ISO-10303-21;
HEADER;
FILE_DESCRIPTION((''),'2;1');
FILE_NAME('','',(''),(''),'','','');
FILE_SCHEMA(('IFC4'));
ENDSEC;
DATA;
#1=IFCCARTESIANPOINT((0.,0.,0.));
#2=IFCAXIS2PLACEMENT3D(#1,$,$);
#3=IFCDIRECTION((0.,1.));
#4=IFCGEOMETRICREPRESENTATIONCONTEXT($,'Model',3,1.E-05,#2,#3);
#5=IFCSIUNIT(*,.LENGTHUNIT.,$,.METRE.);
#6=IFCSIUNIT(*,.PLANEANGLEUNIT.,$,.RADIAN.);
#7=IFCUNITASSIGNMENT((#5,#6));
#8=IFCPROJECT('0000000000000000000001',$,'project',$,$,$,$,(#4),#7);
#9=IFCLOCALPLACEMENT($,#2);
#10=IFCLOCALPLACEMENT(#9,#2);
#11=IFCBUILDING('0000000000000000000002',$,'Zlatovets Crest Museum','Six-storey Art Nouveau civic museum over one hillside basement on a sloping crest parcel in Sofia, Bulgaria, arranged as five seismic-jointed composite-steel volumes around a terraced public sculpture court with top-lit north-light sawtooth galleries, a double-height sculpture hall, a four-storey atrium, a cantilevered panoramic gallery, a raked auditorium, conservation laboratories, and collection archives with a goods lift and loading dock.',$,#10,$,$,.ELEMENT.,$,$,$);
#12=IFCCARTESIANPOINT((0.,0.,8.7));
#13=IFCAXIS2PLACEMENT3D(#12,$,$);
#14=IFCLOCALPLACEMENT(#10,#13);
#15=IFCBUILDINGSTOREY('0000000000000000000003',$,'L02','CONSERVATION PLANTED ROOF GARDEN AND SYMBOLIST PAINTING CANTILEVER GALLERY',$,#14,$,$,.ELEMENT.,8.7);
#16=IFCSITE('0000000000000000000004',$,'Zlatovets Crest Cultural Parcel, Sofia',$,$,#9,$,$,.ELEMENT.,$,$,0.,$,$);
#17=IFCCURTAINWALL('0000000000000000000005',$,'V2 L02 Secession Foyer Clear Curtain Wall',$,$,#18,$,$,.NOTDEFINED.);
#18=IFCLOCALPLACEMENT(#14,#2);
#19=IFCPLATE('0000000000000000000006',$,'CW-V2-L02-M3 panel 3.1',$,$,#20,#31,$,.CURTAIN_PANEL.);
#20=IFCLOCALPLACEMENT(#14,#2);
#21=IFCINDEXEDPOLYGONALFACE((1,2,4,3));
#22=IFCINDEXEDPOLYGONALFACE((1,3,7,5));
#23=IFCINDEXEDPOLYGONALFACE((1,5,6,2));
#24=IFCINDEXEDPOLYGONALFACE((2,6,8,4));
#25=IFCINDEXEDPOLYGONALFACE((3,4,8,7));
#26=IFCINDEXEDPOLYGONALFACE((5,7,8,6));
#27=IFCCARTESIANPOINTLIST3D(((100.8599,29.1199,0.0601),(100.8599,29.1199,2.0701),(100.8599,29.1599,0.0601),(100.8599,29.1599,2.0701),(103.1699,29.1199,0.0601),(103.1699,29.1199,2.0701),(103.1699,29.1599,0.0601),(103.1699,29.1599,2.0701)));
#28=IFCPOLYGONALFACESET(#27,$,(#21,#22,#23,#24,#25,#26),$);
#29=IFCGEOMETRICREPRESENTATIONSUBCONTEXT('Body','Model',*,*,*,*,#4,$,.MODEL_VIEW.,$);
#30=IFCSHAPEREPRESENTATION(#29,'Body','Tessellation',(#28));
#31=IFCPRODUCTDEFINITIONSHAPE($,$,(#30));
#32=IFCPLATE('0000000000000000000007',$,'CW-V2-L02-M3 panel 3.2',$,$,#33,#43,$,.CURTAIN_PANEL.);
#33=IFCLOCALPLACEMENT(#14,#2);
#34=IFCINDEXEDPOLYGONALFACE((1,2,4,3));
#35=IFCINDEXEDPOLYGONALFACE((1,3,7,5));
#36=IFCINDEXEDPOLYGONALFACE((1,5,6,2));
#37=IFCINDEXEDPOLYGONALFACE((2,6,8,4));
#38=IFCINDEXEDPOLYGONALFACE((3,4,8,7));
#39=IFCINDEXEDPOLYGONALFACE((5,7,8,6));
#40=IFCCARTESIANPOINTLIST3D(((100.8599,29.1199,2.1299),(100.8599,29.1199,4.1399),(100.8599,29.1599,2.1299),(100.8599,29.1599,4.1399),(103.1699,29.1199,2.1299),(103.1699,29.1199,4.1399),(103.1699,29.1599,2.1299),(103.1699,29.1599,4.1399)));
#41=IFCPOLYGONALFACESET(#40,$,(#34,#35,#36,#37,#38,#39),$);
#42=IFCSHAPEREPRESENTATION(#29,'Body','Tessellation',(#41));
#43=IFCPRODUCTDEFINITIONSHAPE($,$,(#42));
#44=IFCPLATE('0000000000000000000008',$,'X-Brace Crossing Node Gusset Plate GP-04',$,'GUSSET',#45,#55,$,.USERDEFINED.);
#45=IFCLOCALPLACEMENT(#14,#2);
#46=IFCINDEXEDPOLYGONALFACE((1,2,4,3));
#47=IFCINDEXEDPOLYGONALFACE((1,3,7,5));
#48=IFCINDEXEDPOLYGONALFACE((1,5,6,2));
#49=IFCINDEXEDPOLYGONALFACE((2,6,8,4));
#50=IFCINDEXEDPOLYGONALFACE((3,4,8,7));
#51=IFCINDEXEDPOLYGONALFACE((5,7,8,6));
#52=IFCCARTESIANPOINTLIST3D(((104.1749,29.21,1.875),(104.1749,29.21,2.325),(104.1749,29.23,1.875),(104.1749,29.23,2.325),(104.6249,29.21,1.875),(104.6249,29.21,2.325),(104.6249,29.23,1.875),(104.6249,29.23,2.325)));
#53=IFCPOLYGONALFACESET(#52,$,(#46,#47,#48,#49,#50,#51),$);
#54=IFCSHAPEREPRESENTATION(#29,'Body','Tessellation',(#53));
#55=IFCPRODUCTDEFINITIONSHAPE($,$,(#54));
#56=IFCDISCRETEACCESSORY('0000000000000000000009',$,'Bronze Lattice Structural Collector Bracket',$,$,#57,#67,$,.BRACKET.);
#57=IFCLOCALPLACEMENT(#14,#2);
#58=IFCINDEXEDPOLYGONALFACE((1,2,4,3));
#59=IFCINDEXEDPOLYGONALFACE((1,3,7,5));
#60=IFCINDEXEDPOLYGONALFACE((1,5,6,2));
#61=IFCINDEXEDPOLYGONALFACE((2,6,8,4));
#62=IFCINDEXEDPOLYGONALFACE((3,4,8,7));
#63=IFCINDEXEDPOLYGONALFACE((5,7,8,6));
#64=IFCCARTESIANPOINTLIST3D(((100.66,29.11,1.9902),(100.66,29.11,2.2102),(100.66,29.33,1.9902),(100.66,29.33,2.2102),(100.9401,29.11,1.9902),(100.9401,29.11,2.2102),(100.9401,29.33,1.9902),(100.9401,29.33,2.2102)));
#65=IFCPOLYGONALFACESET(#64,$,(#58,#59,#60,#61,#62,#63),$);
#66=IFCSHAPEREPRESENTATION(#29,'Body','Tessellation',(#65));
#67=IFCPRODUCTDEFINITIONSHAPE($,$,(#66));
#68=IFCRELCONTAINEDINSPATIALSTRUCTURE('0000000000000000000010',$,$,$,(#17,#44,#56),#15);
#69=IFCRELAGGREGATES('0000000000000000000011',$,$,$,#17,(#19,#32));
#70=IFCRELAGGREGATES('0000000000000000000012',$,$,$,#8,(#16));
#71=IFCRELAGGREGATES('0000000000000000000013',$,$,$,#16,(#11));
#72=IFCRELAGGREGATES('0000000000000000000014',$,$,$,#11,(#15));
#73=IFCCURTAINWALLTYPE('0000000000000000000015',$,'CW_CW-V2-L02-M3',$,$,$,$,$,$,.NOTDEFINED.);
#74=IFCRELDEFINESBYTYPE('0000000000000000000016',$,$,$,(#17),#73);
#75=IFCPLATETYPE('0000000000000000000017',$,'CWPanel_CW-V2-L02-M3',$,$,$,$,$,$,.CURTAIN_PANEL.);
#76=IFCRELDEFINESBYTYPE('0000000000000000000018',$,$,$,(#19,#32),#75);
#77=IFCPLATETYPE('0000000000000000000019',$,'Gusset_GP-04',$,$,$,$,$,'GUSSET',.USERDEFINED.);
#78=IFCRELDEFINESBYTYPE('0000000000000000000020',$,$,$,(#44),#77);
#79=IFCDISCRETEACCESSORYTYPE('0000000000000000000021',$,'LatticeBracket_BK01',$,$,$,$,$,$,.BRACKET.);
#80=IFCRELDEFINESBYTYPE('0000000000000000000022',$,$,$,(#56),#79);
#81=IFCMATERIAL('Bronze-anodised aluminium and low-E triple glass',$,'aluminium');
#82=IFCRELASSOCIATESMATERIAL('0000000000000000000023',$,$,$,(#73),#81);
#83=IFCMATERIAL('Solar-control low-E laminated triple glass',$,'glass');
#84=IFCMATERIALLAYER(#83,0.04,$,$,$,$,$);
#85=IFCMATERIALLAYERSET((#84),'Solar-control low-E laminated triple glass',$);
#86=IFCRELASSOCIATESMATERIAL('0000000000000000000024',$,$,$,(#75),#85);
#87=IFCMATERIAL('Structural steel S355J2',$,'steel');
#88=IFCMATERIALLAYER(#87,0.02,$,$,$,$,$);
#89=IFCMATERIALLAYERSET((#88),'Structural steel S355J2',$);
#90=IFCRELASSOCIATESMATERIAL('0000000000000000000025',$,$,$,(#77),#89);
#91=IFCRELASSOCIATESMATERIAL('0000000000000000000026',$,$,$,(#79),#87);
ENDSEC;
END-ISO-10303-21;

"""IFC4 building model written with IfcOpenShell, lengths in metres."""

from ifc_helpers import new_model, si_unit, direction, frame, origin, origin_2d, place, context, subcontext, project, spatial, rectangle, extrude, material, layer, layer_set, type_object, element, aggregate, save


model = new_model("IFC4")

# Units and contexts
model_context = context("Model", 3, precision=1e-05, world=origin(), true_north=direction((0.0, 1.0)))
body_context = subcontext(model_context, "Body", "Model", "MODEL_VIEW")
ifc_project = project(units=[si_unit("LENGTHUNIT", "METRE"), si_unit("PLANEANGLEUNIT", "RADIAN")], contexts=[model_context])

# Site, building, storey
site_placement = place(None, origin())
site = spatial("IfcSite", under=ifc_project, at=site_placement, Name="Zlatovets Crest Cultural Parcel, Sofia", CompositionType="ELEMENT", RefElevation=0.0)
building_placement = place(site_placement, origin())
building = spatial("IfcBuilding", under=site, at=building_placement, Name="Zlatovets Crest Museum", Description="Six-storey Art Nouveau civic museum over one hillside basement on a sloping crest parcel in Sofia, Bulgaria, arranged as five seismic-jointed composite-steel volumes around a terraced public sculpture court with top-lit north-light sawtooth galleries, a double-height sculpture hall, a four-storey atrium, a cantilevered panoramic gallery, a raked auditorium, conservation laboratories, and collection archives with a goods lift and loading dock.", CompositionType="ELEMENT")
storey_placement = place(building_placement, frame((0.0, 0.0, 8.7)))
storey = spatial("IfcBuildingStorey", under=building, at=storey_placement, Name="L02", Description="CONSERVATION PLANTED ROOF GARDEN AND SYMBOLIST PAINTING CANTILEVER GALLERY", CompositionType="ELEMENT", Elevation=8.7)

# Shared definitions
ifc_material_1 = material(Name="Structural steel S355J2", Category="steel")

# Curtain wall
ifc_material_2 = material(Name="Bronze-anodised aluminium and low-E triple glass", Category="aluminium")
curtain_wall_type_1 = type_object("IfcCurtainWallType", Name="CW_CW-V2-L02-M3", PredefinedType="NOTDEFINED", material=ifc_material_2)
curtain_wall_1_placement = place(storey_placement, origin())
curtain_wall_1 = element("IfcCurtainWall", 1, at=curtain_wall_1_placement, inside=storey, type_object=curtain_wall_type_1, Name="V2 L02 Secession Foyer Clear Curtain Wall", PredefinedType="NOTDEFINED")

# Plates
ifc_material_3 = material(Name="Solar-control low-E laminated triple glass", Category="glass")
ifc_layer_1 = layer(ifc_material_3, 0.04)
ifc_layer_set_1 = layer_set([ifc_layer_1], Name="Solar-control low-E laminated triple glass")
plate_type_1 = type_object("IfcPlateType", Name="CWPanel_CW-V2-L02-M3", PredefinedType="CURTAIN_PANEL", material=ifc_layer_set_1)
plate_1_placement = place(storey_placement, frame((102.0149, 29.1399, 0.0601), z_axis=(0.0, 0.0, 1.0), x_axis=(-1.0, 0.0, 0.0)))
plate_1 = element("IfcPlate", 2, at=plate_1_placement, type_object=plate_type_1, Name="CW-V2-L02-M3 panel 3.1", PredefinedType="CURTAIN_PANEL", context=body_context, shape_type="SweptSolid", body=[
    extrude(rectangle(XDim=2.3101, YDim=0.04, at=origin_2d()), origin(), (0.0, 0.0, 1.0), 2.01),
])
plate_2_placement = place(storey_placement, frame((102.0149, 29.1399, 2.1299), z_axis=(0.0, 0.0, 1.0), x_axis=(-1.0, 0.0, 0.0)))
plate_2 = element("IfcPlate", 3, at=plate_2_placement, type_object=plate_type_1, Name="CW-V2-L02-M3 panel 3.2", PredefinedType="CURTAIN_PANEL", context=body_context, shape_type="SweptSolid", body=[
    extrude(rectangle(XDim=2.3101, YDim=0.04, at=origin_2d()), origin(), (0.0, 0.0, 1.0), 2.01),
])
aggregate(curtain_wall_1, [plate_1, plate_2])
ifc_layer_2 = layer(ifc_material_1, 0.02)
ifc_layer_set_2 = layer_set([ifc_layer_2], Name="Structural steel S355J2")
plate_type_2 = type_object("IfcPlateType", Name="Gusset_GP-04", ElementType="GUSSET", PredefinedType="USERDEFINED", material=ifc_layer_set_2)
plate_3_placement = place(storey_placement, frame((104.3999, 29.22, 1.875), z_axis=(0.0, 0.0, 1.0), x_axis=(1.0, 0.0, 0.0)))
element("IfcPlate", 4, at=plate_3_placement, inside=storey, type_object=plate_type_2, Name="X-Brace Crossing Node Gusset Plate GP-04", ObjectType="GUSSET", PredefinedType="USERDEFINED", context=body_context, shape_type="SweptSolid", body=[
    extrude(rectangle(XDim=0.45, YDim=0.02, at=origin_2d()), origin(), (0.0, 0.0, 1.0), 0.45),
])

# Discrete accessory
discrete_accessory_type = type_object("IfcDiscreteAccessoryType", Name="LatticeBracket_BK01", PredefinedType="BRACKET", material=ifc_material_1)
discrete_accessory_placement = place(storey_placement, frame((100.8, 29.22, 1.9902), z_axis=(0.0, 0.0, 1.0), x_axis=(1.0, 0.0, 0.0)))
element("IfcDiscreteAccessory", 5, at=discrete_accessory_placement, inside=storey, type_object=discrete_accessory_type, Name="Bronze Lattice Structural Collector Bracket", PredefinedType="BRACKET", context=body_context, shape_type="SweptSolid", body=[
    extrude(rectangle(XDim=0.28, YDim=0.22, at=origin_2d()), origin(), (0.0, 0.0, 1.0), 0.22),
])

save(model, "model.ifc")
